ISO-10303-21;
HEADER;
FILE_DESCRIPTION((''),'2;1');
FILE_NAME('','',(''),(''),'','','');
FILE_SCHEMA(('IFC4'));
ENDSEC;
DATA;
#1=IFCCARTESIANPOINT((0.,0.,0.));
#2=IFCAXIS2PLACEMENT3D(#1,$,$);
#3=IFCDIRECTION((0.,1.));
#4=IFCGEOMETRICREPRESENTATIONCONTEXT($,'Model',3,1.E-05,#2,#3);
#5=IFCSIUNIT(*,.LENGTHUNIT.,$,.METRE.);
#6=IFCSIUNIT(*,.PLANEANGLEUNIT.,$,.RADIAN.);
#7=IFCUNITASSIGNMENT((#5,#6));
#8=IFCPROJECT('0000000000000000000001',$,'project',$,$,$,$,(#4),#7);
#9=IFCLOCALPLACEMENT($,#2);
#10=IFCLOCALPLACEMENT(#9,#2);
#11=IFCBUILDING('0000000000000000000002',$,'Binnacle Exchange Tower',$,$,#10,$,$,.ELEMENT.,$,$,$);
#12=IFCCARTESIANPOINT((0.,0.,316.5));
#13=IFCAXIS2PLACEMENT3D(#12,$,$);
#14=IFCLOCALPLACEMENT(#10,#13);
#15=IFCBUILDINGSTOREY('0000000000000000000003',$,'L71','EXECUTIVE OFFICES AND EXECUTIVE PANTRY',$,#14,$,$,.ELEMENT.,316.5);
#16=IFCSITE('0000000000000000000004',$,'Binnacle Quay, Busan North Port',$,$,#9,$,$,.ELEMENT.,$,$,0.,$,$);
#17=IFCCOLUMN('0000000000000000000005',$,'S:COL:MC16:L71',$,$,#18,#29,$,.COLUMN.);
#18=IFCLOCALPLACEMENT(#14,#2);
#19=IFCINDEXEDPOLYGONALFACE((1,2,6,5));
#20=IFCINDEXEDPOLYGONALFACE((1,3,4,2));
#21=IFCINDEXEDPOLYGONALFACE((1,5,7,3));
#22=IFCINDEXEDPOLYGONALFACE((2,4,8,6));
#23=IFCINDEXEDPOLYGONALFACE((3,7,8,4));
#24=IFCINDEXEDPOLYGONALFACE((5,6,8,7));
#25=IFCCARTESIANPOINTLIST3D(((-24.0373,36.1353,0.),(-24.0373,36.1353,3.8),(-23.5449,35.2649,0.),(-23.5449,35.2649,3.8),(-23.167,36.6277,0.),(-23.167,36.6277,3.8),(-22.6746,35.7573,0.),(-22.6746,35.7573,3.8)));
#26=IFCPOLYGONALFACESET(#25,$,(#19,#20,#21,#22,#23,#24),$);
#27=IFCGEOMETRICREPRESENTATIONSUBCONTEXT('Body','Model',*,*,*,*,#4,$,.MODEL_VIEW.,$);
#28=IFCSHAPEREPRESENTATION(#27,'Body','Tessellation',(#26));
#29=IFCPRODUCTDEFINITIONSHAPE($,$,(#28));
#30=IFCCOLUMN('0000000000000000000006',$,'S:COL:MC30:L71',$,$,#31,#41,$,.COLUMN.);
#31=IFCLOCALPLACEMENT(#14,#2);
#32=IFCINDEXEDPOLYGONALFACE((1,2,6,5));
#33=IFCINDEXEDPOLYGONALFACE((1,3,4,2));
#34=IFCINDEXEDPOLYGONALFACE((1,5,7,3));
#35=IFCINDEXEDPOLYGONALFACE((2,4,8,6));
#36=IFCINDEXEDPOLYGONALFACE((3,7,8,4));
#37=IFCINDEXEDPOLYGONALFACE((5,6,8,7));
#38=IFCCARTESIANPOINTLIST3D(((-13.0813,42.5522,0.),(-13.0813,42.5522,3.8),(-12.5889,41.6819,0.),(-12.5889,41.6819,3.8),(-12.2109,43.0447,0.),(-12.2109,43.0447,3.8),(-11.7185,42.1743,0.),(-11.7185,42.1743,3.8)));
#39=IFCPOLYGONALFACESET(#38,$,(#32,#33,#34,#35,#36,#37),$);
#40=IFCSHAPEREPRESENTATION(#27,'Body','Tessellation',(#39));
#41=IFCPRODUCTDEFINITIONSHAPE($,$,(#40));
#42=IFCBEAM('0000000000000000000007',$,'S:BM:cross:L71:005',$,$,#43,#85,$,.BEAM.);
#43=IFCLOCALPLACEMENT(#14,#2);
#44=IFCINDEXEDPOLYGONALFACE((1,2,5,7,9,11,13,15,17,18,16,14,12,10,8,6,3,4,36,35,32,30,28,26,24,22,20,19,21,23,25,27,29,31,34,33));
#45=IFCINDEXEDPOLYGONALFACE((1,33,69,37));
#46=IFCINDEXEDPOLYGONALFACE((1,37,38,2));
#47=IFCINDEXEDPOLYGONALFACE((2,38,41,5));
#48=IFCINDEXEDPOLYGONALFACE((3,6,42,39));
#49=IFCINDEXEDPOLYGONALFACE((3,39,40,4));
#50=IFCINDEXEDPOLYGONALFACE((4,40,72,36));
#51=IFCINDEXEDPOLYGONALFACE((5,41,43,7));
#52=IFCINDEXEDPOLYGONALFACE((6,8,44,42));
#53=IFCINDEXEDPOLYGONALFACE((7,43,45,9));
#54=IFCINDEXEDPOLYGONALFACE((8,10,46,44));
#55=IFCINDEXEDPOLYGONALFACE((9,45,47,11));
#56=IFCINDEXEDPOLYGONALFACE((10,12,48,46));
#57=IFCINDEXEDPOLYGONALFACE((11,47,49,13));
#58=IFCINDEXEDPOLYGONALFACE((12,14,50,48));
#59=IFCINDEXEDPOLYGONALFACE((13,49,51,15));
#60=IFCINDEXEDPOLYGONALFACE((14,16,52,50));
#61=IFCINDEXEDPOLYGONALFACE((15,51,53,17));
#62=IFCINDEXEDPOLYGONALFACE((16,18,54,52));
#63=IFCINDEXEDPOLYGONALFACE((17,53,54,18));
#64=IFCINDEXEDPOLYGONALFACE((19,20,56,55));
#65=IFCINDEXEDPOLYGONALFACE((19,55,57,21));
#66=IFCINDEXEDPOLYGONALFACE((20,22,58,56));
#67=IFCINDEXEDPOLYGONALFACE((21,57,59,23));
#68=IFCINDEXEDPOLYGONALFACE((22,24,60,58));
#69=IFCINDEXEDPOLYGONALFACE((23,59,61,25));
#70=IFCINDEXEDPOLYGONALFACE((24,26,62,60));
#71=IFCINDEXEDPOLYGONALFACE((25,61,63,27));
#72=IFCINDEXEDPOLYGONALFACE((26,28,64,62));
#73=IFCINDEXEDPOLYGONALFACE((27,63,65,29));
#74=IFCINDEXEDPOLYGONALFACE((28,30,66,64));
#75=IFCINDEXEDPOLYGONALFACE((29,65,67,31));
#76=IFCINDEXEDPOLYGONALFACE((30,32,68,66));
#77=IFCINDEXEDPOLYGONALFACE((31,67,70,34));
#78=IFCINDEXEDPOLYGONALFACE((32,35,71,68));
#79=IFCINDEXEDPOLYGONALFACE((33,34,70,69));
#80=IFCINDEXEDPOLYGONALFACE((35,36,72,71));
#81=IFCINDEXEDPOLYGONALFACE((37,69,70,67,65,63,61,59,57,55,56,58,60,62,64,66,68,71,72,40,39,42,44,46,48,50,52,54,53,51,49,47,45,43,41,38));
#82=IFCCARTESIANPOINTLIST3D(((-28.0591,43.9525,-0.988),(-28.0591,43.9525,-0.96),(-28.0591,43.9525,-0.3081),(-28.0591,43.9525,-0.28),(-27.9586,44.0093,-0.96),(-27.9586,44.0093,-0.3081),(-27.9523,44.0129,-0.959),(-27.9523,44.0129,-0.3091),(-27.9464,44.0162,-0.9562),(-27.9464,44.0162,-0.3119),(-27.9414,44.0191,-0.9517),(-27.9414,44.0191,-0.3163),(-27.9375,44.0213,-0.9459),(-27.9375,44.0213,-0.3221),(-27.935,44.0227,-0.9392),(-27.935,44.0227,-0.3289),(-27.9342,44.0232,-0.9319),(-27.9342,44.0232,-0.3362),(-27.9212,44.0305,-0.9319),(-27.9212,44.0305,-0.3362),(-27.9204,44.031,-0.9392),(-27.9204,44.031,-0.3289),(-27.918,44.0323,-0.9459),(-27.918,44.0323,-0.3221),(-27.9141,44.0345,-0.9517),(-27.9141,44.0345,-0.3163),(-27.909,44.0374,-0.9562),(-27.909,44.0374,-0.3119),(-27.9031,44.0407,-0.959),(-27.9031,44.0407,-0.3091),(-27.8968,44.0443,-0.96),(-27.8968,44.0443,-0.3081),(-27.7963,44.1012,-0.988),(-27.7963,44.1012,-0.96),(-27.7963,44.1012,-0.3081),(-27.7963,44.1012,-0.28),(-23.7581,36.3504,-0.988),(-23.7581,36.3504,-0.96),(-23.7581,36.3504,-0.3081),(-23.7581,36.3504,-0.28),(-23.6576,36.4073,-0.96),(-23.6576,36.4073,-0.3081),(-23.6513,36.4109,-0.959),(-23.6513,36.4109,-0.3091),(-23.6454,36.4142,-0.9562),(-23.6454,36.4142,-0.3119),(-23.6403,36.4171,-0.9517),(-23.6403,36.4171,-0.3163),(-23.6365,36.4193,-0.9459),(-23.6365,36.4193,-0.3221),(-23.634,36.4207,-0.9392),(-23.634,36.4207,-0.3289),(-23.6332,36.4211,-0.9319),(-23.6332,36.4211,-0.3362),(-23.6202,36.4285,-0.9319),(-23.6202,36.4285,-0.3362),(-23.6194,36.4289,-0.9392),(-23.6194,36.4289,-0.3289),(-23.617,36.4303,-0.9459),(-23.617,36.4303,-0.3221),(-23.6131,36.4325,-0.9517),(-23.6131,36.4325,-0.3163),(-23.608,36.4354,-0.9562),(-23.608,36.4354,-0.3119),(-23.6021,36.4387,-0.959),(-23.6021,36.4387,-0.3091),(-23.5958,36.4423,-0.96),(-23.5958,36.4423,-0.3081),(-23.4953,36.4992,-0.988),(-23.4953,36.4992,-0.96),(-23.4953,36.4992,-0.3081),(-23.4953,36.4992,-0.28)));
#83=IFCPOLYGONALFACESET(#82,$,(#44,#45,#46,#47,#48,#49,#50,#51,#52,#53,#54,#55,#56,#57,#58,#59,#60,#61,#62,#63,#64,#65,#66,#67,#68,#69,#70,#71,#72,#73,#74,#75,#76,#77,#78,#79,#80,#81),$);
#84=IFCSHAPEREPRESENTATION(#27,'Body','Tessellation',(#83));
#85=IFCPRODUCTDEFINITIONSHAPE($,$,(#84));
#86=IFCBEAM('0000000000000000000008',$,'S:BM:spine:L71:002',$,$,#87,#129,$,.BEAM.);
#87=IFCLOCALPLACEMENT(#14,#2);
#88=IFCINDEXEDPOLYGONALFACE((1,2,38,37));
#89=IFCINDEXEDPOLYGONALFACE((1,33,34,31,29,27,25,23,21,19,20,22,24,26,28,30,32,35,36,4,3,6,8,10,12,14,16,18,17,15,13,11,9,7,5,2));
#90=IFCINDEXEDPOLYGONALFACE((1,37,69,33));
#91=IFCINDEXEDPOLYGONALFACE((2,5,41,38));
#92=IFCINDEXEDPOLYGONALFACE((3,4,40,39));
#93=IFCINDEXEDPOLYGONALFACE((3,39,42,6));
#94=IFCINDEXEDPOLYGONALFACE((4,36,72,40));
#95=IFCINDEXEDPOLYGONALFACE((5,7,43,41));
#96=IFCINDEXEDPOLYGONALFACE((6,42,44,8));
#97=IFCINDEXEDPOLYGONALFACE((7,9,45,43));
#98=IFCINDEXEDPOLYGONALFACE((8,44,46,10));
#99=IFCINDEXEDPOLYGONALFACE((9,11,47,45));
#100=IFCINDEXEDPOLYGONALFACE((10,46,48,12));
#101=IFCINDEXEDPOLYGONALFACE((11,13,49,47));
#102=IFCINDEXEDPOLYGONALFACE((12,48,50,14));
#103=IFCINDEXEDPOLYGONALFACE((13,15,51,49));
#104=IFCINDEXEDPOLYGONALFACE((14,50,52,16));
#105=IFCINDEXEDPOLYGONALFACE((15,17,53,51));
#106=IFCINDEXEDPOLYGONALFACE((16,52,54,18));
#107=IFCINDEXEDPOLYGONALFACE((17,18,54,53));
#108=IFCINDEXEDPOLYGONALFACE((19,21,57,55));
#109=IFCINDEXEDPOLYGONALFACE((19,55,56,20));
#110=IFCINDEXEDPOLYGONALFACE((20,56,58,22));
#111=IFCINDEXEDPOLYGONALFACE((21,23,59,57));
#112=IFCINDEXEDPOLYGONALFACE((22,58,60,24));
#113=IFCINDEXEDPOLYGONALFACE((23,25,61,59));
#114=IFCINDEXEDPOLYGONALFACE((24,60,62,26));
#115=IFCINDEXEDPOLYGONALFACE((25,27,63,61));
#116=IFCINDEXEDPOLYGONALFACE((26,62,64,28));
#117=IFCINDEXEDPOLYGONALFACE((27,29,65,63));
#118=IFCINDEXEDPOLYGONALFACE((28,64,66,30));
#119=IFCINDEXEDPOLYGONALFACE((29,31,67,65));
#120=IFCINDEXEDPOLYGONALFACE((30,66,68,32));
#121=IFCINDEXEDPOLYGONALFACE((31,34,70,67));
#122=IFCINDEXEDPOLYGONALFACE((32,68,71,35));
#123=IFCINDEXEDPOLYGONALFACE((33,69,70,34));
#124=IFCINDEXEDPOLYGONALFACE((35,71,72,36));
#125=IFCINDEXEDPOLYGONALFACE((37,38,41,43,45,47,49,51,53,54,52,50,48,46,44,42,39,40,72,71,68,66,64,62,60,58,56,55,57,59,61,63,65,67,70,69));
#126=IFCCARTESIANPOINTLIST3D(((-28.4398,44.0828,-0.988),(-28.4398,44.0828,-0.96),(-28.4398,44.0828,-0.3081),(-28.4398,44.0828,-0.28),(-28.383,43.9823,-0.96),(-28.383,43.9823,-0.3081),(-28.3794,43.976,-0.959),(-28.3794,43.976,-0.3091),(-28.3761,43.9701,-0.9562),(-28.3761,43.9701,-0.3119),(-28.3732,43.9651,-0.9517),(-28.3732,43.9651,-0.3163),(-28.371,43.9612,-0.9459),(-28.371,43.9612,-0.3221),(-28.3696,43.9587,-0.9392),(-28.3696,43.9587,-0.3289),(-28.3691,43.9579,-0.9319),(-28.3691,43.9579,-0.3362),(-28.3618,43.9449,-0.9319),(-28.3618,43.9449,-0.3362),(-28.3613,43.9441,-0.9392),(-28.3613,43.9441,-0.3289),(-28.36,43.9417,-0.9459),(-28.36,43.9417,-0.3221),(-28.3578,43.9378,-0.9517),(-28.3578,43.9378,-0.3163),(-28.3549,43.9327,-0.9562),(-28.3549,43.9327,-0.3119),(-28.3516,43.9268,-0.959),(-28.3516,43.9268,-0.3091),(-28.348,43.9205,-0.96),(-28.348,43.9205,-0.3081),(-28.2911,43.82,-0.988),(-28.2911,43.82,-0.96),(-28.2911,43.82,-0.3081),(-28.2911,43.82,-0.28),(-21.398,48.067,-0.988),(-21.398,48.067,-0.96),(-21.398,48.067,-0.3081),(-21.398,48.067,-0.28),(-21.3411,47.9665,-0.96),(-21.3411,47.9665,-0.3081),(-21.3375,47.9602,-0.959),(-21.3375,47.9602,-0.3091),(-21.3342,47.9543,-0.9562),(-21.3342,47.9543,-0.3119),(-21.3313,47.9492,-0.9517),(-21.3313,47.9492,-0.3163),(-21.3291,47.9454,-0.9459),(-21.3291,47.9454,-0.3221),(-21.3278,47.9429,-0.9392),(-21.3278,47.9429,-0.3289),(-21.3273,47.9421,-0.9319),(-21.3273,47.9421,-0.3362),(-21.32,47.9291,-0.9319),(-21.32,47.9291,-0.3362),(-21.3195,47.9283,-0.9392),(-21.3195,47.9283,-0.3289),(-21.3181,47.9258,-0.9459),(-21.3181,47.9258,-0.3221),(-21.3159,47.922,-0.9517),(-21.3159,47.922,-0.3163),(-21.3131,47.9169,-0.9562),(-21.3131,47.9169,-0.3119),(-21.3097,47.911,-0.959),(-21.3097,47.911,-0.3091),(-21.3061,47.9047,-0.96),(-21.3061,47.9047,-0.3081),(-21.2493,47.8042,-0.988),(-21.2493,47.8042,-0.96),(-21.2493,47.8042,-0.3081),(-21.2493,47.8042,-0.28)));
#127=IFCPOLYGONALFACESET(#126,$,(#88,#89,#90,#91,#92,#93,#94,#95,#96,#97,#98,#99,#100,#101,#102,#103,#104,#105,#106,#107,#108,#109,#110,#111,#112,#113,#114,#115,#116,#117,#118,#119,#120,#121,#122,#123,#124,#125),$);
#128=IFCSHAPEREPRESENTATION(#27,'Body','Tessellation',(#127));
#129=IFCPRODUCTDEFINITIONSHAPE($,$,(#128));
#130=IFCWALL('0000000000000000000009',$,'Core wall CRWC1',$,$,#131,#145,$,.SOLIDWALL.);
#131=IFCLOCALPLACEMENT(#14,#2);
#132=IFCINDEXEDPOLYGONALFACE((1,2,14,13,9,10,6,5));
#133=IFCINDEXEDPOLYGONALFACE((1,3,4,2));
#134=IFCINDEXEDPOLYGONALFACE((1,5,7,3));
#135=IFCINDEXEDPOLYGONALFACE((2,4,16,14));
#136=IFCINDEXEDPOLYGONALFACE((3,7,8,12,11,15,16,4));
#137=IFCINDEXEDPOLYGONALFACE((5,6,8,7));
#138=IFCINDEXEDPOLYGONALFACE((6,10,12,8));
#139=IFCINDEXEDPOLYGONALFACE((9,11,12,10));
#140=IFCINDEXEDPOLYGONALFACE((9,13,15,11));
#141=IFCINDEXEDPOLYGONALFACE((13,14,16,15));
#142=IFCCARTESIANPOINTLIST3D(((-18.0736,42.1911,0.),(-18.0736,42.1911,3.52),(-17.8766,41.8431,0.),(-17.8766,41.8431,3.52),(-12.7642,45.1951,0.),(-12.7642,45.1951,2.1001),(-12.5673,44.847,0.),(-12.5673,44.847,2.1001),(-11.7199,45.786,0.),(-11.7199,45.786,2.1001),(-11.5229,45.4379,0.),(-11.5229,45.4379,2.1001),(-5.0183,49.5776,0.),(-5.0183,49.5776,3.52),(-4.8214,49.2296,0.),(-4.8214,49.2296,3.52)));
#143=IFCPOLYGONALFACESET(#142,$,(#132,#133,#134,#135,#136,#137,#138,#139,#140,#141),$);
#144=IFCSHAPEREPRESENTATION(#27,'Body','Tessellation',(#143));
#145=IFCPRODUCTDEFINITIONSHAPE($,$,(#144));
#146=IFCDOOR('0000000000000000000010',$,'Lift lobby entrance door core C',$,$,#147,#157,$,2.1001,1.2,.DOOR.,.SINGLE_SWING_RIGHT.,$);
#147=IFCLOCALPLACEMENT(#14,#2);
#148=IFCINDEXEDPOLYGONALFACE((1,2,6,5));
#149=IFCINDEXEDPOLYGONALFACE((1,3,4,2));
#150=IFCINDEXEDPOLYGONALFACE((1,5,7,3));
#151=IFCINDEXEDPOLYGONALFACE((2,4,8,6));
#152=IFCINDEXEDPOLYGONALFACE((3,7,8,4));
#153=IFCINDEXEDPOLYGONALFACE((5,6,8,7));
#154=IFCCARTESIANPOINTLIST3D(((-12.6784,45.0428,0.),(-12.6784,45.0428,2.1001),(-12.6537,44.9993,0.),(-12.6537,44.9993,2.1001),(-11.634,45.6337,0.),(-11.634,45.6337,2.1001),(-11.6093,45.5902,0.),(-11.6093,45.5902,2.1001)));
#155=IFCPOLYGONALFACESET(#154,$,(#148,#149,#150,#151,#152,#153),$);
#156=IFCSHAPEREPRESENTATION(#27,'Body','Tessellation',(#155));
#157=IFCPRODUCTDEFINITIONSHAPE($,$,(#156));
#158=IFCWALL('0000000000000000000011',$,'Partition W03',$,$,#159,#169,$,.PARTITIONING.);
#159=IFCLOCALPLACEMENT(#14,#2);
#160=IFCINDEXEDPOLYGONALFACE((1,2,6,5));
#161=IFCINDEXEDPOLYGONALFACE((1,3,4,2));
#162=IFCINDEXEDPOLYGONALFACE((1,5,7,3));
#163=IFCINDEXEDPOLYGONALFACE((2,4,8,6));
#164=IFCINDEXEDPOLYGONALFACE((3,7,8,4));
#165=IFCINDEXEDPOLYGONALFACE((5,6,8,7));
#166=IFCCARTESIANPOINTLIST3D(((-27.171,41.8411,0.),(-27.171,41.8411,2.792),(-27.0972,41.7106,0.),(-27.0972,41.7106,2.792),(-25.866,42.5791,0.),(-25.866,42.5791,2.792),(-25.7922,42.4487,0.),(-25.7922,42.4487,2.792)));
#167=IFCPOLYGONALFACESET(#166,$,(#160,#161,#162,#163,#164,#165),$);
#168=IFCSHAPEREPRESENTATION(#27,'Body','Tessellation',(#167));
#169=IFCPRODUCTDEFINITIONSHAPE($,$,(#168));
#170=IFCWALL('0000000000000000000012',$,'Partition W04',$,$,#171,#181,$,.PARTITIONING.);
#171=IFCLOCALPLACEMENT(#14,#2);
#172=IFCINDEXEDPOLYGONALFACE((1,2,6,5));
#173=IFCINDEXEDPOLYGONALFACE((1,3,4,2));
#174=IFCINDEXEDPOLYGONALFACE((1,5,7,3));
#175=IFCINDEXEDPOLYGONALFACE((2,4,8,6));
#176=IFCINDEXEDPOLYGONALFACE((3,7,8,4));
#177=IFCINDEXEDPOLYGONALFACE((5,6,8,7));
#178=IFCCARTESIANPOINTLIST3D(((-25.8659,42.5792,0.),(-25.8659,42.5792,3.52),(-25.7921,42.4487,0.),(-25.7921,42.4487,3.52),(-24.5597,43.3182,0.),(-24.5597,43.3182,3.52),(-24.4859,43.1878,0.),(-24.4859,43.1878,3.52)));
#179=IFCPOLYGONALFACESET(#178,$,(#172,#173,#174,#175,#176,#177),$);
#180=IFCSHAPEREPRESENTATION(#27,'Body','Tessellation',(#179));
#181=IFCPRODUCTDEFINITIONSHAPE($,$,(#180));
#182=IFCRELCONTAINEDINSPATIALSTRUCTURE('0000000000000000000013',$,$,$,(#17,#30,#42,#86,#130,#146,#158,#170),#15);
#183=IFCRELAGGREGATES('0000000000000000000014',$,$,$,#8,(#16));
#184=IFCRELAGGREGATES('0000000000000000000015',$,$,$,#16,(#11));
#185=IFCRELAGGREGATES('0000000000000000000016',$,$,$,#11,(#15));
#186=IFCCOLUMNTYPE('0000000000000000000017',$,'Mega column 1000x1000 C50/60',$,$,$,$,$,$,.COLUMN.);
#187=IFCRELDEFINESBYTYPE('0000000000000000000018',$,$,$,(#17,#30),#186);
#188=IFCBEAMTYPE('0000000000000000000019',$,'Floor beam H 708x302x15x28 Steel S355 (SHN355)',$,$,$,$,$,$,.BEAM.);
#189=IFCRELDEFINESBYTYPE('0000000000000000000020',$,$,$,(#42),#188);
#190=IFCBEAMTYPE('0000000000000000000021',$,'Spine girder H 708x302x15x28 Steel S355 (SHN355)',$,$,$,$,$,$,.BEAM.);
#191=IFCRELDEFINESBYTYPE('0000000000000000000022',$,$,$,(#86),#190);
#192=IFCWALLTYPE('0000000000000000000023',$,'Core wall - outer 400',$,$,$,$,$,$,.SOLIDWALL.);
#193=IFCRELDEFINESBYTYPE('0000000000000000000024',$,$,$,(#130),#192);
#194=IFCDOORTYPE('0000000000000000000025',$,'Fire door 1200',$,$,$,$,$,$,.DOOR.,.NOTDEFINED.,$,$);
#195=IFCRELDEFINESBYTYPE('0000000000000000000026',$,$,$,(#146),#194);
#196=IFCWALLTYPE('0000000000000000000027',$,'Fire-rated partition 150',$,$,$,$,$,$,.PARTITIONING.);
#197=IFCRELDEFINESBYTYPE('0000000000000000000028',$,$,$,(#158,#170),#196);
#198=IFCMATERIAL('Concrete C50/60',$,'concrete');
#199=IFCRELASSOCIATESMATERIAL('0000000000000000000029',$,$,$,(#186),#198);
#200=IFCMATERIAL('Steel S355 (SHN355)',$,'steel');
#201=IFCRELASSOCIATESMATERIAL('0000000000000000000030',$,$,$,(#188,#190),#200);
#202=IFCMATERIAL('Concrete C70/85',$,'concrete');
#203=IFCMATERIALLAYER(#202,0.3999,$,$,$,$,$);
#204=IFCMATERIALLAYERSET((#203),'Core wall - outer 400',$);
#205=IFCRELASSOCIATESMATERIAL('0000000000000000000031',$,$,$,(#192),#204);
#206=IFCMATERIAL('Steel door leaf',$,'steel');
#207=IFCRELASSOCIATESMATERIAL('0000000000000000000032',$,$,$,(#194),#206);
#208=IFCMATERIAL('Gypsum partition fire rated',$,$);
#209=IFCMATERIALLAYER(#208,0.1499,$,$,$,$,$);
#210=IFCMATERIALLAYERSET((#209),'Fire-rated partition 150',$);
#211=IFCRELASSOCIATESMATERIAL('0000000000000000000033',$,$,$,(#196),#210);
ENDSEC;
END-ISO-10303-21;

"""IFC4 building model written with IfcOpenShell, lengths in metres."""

from ifc_helpers import new_model, si_unit, direction, frame, frame_2d, origin, origin_2d, place, context, subcontext, project, spatial, rectangle, i_section, extrude, material, layer, layer_set, material_profile, profile_set, type_object, element, fill, save


model = new_model("IFC4")

# Units and contexts
model_context = context("Model", 3, precision=1e-05, world=origin(), true_north=direction((0.0, 1.0)))
body_context = subcontext(model_context, "Body", "Model", "MODEL_VIEW")
ifc_project = project(units=[si_unit("LENGTHUNIT", "METRE"), si_unit("PLANEANGLEUNIT", "RADIAN")], contexts=[model_context])

# Site, building, storey
site_placement = place(None, origin())
site = spatial("IfcSite", under=ifc_project, at=site_placement, Name="Binnacle Quay, Busan North Port", CompositionType="ELEMENT", RefElevation=0.0)
building_placement = place(site_placement, origin())
building = spatial("IfcBuilding", under=site, at=building_placement, Name="Binnacle Exchange Tower", CompositionType="ELEMENT")
storey_placement = place(building_placement, frame((0.0, 0.0, 316.5)))
storey = spatial("IfcBuildingStorey", under=building, at=storey_placement, Name="L71", Description="EXECUTIVE OFFICES AND EXECUTIVE PANTRY", CompositionType="ELEMENT", Elevation=316.5)

# Columns
ifc_material_1 = material(Name="Concrete C50/60", Category="concrete")
ifc_material_profile_1 = material_profile(ifc_material_1, rectangle(XDim=1.0, YDim=1.0, at=origin_2d()), Name="Mega column 1000x1000 C50/60")
ifc_profile_set_1 = profile_set([ifc_material_profile_1], Name="Concrete C50/60")
column_type = type_object("IfcColumnType", Name="Mega column 1000x1000 C50/60", PredefinedType="COLUMN", material=ifc_profile_set_1)
for number, where, z_axis, x_axis, name in (
    (1, (-23.356, 35.9463, 0.0), (0.0, 0.0, 1.0), (0.870356, 0.492424, 0.0), "S:COL:MC16:L71"),
    (2, (-12.3999, 42.3633, 0.0), (0.0, 0.0, 1.0), (0.870356, 0.492424, 0.0), "S:COL:MC30:L71"),
):
    element("IfcColumn", number, at=place(storey_placement, frame(where, z_axis=z_axis, x_axis=x_axis)), inside=storey, type_object=column_type, Name=name, PredefinedType="COLUMN", context=body_context, shape_type="SweptSolid", body=[
        extrude(rectangle(XDim=1.0, YDim=1.0, at=origin_2d()), origin(), (0.0, 0.0, 1.0), 3.8),
    ])

# Beams
ifc_material_2 = material(Name="Steel S355 (SHN355)", Category="steel")
ifc_material_profile_2 = material_profile(ifc_material_2, i_section(OverallWidth=0.302, OverallDepth=0.708, WebThickness=0.0149, FlangeThickness=0.0281, FilletRadius=0.0281, at=origin_2d()), Name="H 708x302x15x28")
ifc_profile_set_2 = profile_set([ifc_material_profile_2], Name="Steel S355 (SHN355)")
beam_type_1 = type_object("IfcBeamType", Name="Floor beam H 708x302x15x28 Steel S355 (SHN355)", PredefinedType="BEAM", material=ifc_profile_set_2)
beam_1_placement = place(storey_placement, frame((-23.6267, 36.4248, -0.634), z_axis=(-0.492423, 0.870356, 0.0), x_axis=(-0.870356, -0.492423, 0.0)))
element("IfcBeam", 3, at=beam_1_placement, inside=storey, type_object=beam_type_1, Name="S:BM:cross:L71:005", PredefinedType="BEAM", context=body_context, shape_type="SweptSolid", body=[
    extrude(i_section(OverallWidth=0.302, OverallDepth=0.708, WebThickness=0.0149, FlangeThickness=0.0281, FilletRadius=0.0281, at=origin_2d()), origin(), (0.0, 0.0, 1.0), 8.7344),
])
ifc_material_profile_3 = material_profile(ifc_material_2, i_section(OverallWidth=0.302, OverallDepth=0.708, WebThickness=0.0149, FlangeThickness=0.0281, FilletRadius=0.0281, at=origin_2d()), Name="H 708x302x15x28")
ifc_profile_set_3 = profile_set([ifc_material_profile_3], Name="Steel S355 (SHN355)")
beam_type_2 = type_object("IfcBeamType", Name="Spine girder H 708x302x15x28 Steel S355 (SHN355)", PredefinedType="BEAM", material=ifc_profile_set_3)
beam_2_placement = place(storey_placement, frame((-28.3655, 43.9514, -0.634), z_axis=(0.87035, 0.492433, 0.0), x_axis=(-0.492433, 0.87035, 0.0)))
element("IfcBeam", 4, at=beam_2_placement, inside=storey, type_object=beam_type_2, Name="S:BM:spine:L71:002", PredefinedType="BEAM", context=body_context, shape_type="SweptSolid", body=[
    extrude(i_section(OverallWidth=0.302, OverallDepth=0.708, WebThickness=0.0149, FlangeThickness=0.0281, FilletRadius=0.0281, at=origin_2d()), origin(), (0.0, 0.0, 1.0), 8.0908),
])

# Wall, opening, door
ifc_material_3 = material(Name="Concrete C70/85", Category="concrete")
ifc_layer_1 = layer(ifc_material_3, 0.3999)
ifc_layer_set_1 = layer_set([ifc_layer_1], Name="Core wall - outer 400")
wall_type_1 = type_object("IfcWallType", Name="Core wall - outer 400", PredefinedType="SOLIDWALL", material=ifc_layer_set_1)
wall_1_placement = place(storey_placement, frame((-17.9751, 42.0171, 0.0), z_axis=(0.0, 0.0, 1.0), x_axis=(0.87035, 0.492434, 0.0)))
wall_1 = element("IfcWall", 5, at=wall_1_placement, inside=storey, type_object=wall_type_1, Name="Core wall CRWC1", PredefinedType="SOLIDWALL", context=body_context, shape_type="SweptSolid", body=[
    extrude(rectangle(XDim=15.0, YDim=0.3999, at=frame_2d((7.5, 0.0))), origin(), (0.0, 0.0, 1.0), 3.52),
])
opening_1_placement = place(wall_1_placement, frame((6.1001, 0.0, 0.0)))
opening_1 = element("IfcOpeningElement", 6, at=opening_1_placement, cuts=wall_1, PredefinedType="OPENING", context=body_context, shape_type="SweptSolid", body=[
    extrude(rectangle(XDim=1.2, YDim=2.1001, at=frame_2d((0.6001, 1.05))), frame((0.0, 0.21, 0.0), z_axis=(0.0, -1.0, 0.0), x_axis=(1.0, 0.0, 0.0)), (0.0, 0.0, 1.0), 0.4199),
])
ifc_material_4 = material(Name="Steel door leaf", Category="steel")
door_type_1 = type_object("IfcDoorType", Name="Fire door 1200", OperationType="NOTDEFINED", PredefinedType="DOOR", material=ifc_material_4)
door_1_placement = place(opening_1_placement, frame((1.2, 0.0, 0.0), z_axis=(0.0, 0.0, 1.0), x_axis=(-1.0, 0.0, 0.0)))
door_1 = element("IfcDoor", 7, at=door_1_placement, inside=storey, type_object=door_type_1, Name="Lift lobby entrance door core C", OperationType="SINGLE_SWING_RIGHT", OverallHeight=2.1001, OverallWidth=1.2, PredefinedType="DOOR", context=body_context, shape_type="SweptSolid", body=[
    extrude(rectangle(XDim=1.2, YDim=2.1001, at=frame_2d((0.6001, 1.05))), frame((0.0, 0.0249, 0.0), z_axis=(0.0, -1.0, 0.0), x_axis=(1.0, 0.0, 0.0)), (0.0, 0.0, 1.0), 0.05),
])
fill(opening_1, door_1)

# Walls
ifc_material_5 = material(Name="Gypsum partition fire rated")
ifc_layer_2 = layer(ifc_material_5, 0.1499)
ifc_layer_set_2 = layer_set([ifc_layer_2], Name="Fire-rated partition 150")
wall_type_2 = type_object("IfcWallType", Name="Fire-rated partition 150", PredefinedType="PARTITIONING", material=ifc_layer_set_2)
wall_2_placement = place(storey_placement, frame((-27.134, 41.7759, 0.0), z_axis=(0.0, 0.0, 1.0), x_axis=(0.870429, 0.492293, 0.0)))
element("IfcWall", 8, at=wall_2_placement, inside=storey, type_object=wall_type_2, Name="Partition W03", PredefinedType="PARTITIONING", context=body_context, shape_type="SweptSolid", body=[
    extrude(rectangle(XDim=1.4993, YDim=0.1499, at=frame_2d((0.7495, 0.0))), origin(), (0.0, 0.0, 1.0), 2.792),
])
wall_3_placement = place(storey_placement, frame((-25.8291, 42.5139, 0.0), z_axis=(0.0, 0.0, 1.0), x_axis=(0.870348, 0.492438, 0.0)))
element("IfcWall", 9, at=wall_3_placement, inside=storey, type_object=wall_type_2, Name="Partition W04", PredefinedType="PARTITIONING", context=body_context, shape_type="SweptSolid", body=[
    extrude(rectangle(XDim=1.5007, YDim=0.1499, at=frame_2d((0.7505, 0.0))), origin(), (0.0, 0.0, 1.0), 3.52),
])

save(model, "model.ifc")
